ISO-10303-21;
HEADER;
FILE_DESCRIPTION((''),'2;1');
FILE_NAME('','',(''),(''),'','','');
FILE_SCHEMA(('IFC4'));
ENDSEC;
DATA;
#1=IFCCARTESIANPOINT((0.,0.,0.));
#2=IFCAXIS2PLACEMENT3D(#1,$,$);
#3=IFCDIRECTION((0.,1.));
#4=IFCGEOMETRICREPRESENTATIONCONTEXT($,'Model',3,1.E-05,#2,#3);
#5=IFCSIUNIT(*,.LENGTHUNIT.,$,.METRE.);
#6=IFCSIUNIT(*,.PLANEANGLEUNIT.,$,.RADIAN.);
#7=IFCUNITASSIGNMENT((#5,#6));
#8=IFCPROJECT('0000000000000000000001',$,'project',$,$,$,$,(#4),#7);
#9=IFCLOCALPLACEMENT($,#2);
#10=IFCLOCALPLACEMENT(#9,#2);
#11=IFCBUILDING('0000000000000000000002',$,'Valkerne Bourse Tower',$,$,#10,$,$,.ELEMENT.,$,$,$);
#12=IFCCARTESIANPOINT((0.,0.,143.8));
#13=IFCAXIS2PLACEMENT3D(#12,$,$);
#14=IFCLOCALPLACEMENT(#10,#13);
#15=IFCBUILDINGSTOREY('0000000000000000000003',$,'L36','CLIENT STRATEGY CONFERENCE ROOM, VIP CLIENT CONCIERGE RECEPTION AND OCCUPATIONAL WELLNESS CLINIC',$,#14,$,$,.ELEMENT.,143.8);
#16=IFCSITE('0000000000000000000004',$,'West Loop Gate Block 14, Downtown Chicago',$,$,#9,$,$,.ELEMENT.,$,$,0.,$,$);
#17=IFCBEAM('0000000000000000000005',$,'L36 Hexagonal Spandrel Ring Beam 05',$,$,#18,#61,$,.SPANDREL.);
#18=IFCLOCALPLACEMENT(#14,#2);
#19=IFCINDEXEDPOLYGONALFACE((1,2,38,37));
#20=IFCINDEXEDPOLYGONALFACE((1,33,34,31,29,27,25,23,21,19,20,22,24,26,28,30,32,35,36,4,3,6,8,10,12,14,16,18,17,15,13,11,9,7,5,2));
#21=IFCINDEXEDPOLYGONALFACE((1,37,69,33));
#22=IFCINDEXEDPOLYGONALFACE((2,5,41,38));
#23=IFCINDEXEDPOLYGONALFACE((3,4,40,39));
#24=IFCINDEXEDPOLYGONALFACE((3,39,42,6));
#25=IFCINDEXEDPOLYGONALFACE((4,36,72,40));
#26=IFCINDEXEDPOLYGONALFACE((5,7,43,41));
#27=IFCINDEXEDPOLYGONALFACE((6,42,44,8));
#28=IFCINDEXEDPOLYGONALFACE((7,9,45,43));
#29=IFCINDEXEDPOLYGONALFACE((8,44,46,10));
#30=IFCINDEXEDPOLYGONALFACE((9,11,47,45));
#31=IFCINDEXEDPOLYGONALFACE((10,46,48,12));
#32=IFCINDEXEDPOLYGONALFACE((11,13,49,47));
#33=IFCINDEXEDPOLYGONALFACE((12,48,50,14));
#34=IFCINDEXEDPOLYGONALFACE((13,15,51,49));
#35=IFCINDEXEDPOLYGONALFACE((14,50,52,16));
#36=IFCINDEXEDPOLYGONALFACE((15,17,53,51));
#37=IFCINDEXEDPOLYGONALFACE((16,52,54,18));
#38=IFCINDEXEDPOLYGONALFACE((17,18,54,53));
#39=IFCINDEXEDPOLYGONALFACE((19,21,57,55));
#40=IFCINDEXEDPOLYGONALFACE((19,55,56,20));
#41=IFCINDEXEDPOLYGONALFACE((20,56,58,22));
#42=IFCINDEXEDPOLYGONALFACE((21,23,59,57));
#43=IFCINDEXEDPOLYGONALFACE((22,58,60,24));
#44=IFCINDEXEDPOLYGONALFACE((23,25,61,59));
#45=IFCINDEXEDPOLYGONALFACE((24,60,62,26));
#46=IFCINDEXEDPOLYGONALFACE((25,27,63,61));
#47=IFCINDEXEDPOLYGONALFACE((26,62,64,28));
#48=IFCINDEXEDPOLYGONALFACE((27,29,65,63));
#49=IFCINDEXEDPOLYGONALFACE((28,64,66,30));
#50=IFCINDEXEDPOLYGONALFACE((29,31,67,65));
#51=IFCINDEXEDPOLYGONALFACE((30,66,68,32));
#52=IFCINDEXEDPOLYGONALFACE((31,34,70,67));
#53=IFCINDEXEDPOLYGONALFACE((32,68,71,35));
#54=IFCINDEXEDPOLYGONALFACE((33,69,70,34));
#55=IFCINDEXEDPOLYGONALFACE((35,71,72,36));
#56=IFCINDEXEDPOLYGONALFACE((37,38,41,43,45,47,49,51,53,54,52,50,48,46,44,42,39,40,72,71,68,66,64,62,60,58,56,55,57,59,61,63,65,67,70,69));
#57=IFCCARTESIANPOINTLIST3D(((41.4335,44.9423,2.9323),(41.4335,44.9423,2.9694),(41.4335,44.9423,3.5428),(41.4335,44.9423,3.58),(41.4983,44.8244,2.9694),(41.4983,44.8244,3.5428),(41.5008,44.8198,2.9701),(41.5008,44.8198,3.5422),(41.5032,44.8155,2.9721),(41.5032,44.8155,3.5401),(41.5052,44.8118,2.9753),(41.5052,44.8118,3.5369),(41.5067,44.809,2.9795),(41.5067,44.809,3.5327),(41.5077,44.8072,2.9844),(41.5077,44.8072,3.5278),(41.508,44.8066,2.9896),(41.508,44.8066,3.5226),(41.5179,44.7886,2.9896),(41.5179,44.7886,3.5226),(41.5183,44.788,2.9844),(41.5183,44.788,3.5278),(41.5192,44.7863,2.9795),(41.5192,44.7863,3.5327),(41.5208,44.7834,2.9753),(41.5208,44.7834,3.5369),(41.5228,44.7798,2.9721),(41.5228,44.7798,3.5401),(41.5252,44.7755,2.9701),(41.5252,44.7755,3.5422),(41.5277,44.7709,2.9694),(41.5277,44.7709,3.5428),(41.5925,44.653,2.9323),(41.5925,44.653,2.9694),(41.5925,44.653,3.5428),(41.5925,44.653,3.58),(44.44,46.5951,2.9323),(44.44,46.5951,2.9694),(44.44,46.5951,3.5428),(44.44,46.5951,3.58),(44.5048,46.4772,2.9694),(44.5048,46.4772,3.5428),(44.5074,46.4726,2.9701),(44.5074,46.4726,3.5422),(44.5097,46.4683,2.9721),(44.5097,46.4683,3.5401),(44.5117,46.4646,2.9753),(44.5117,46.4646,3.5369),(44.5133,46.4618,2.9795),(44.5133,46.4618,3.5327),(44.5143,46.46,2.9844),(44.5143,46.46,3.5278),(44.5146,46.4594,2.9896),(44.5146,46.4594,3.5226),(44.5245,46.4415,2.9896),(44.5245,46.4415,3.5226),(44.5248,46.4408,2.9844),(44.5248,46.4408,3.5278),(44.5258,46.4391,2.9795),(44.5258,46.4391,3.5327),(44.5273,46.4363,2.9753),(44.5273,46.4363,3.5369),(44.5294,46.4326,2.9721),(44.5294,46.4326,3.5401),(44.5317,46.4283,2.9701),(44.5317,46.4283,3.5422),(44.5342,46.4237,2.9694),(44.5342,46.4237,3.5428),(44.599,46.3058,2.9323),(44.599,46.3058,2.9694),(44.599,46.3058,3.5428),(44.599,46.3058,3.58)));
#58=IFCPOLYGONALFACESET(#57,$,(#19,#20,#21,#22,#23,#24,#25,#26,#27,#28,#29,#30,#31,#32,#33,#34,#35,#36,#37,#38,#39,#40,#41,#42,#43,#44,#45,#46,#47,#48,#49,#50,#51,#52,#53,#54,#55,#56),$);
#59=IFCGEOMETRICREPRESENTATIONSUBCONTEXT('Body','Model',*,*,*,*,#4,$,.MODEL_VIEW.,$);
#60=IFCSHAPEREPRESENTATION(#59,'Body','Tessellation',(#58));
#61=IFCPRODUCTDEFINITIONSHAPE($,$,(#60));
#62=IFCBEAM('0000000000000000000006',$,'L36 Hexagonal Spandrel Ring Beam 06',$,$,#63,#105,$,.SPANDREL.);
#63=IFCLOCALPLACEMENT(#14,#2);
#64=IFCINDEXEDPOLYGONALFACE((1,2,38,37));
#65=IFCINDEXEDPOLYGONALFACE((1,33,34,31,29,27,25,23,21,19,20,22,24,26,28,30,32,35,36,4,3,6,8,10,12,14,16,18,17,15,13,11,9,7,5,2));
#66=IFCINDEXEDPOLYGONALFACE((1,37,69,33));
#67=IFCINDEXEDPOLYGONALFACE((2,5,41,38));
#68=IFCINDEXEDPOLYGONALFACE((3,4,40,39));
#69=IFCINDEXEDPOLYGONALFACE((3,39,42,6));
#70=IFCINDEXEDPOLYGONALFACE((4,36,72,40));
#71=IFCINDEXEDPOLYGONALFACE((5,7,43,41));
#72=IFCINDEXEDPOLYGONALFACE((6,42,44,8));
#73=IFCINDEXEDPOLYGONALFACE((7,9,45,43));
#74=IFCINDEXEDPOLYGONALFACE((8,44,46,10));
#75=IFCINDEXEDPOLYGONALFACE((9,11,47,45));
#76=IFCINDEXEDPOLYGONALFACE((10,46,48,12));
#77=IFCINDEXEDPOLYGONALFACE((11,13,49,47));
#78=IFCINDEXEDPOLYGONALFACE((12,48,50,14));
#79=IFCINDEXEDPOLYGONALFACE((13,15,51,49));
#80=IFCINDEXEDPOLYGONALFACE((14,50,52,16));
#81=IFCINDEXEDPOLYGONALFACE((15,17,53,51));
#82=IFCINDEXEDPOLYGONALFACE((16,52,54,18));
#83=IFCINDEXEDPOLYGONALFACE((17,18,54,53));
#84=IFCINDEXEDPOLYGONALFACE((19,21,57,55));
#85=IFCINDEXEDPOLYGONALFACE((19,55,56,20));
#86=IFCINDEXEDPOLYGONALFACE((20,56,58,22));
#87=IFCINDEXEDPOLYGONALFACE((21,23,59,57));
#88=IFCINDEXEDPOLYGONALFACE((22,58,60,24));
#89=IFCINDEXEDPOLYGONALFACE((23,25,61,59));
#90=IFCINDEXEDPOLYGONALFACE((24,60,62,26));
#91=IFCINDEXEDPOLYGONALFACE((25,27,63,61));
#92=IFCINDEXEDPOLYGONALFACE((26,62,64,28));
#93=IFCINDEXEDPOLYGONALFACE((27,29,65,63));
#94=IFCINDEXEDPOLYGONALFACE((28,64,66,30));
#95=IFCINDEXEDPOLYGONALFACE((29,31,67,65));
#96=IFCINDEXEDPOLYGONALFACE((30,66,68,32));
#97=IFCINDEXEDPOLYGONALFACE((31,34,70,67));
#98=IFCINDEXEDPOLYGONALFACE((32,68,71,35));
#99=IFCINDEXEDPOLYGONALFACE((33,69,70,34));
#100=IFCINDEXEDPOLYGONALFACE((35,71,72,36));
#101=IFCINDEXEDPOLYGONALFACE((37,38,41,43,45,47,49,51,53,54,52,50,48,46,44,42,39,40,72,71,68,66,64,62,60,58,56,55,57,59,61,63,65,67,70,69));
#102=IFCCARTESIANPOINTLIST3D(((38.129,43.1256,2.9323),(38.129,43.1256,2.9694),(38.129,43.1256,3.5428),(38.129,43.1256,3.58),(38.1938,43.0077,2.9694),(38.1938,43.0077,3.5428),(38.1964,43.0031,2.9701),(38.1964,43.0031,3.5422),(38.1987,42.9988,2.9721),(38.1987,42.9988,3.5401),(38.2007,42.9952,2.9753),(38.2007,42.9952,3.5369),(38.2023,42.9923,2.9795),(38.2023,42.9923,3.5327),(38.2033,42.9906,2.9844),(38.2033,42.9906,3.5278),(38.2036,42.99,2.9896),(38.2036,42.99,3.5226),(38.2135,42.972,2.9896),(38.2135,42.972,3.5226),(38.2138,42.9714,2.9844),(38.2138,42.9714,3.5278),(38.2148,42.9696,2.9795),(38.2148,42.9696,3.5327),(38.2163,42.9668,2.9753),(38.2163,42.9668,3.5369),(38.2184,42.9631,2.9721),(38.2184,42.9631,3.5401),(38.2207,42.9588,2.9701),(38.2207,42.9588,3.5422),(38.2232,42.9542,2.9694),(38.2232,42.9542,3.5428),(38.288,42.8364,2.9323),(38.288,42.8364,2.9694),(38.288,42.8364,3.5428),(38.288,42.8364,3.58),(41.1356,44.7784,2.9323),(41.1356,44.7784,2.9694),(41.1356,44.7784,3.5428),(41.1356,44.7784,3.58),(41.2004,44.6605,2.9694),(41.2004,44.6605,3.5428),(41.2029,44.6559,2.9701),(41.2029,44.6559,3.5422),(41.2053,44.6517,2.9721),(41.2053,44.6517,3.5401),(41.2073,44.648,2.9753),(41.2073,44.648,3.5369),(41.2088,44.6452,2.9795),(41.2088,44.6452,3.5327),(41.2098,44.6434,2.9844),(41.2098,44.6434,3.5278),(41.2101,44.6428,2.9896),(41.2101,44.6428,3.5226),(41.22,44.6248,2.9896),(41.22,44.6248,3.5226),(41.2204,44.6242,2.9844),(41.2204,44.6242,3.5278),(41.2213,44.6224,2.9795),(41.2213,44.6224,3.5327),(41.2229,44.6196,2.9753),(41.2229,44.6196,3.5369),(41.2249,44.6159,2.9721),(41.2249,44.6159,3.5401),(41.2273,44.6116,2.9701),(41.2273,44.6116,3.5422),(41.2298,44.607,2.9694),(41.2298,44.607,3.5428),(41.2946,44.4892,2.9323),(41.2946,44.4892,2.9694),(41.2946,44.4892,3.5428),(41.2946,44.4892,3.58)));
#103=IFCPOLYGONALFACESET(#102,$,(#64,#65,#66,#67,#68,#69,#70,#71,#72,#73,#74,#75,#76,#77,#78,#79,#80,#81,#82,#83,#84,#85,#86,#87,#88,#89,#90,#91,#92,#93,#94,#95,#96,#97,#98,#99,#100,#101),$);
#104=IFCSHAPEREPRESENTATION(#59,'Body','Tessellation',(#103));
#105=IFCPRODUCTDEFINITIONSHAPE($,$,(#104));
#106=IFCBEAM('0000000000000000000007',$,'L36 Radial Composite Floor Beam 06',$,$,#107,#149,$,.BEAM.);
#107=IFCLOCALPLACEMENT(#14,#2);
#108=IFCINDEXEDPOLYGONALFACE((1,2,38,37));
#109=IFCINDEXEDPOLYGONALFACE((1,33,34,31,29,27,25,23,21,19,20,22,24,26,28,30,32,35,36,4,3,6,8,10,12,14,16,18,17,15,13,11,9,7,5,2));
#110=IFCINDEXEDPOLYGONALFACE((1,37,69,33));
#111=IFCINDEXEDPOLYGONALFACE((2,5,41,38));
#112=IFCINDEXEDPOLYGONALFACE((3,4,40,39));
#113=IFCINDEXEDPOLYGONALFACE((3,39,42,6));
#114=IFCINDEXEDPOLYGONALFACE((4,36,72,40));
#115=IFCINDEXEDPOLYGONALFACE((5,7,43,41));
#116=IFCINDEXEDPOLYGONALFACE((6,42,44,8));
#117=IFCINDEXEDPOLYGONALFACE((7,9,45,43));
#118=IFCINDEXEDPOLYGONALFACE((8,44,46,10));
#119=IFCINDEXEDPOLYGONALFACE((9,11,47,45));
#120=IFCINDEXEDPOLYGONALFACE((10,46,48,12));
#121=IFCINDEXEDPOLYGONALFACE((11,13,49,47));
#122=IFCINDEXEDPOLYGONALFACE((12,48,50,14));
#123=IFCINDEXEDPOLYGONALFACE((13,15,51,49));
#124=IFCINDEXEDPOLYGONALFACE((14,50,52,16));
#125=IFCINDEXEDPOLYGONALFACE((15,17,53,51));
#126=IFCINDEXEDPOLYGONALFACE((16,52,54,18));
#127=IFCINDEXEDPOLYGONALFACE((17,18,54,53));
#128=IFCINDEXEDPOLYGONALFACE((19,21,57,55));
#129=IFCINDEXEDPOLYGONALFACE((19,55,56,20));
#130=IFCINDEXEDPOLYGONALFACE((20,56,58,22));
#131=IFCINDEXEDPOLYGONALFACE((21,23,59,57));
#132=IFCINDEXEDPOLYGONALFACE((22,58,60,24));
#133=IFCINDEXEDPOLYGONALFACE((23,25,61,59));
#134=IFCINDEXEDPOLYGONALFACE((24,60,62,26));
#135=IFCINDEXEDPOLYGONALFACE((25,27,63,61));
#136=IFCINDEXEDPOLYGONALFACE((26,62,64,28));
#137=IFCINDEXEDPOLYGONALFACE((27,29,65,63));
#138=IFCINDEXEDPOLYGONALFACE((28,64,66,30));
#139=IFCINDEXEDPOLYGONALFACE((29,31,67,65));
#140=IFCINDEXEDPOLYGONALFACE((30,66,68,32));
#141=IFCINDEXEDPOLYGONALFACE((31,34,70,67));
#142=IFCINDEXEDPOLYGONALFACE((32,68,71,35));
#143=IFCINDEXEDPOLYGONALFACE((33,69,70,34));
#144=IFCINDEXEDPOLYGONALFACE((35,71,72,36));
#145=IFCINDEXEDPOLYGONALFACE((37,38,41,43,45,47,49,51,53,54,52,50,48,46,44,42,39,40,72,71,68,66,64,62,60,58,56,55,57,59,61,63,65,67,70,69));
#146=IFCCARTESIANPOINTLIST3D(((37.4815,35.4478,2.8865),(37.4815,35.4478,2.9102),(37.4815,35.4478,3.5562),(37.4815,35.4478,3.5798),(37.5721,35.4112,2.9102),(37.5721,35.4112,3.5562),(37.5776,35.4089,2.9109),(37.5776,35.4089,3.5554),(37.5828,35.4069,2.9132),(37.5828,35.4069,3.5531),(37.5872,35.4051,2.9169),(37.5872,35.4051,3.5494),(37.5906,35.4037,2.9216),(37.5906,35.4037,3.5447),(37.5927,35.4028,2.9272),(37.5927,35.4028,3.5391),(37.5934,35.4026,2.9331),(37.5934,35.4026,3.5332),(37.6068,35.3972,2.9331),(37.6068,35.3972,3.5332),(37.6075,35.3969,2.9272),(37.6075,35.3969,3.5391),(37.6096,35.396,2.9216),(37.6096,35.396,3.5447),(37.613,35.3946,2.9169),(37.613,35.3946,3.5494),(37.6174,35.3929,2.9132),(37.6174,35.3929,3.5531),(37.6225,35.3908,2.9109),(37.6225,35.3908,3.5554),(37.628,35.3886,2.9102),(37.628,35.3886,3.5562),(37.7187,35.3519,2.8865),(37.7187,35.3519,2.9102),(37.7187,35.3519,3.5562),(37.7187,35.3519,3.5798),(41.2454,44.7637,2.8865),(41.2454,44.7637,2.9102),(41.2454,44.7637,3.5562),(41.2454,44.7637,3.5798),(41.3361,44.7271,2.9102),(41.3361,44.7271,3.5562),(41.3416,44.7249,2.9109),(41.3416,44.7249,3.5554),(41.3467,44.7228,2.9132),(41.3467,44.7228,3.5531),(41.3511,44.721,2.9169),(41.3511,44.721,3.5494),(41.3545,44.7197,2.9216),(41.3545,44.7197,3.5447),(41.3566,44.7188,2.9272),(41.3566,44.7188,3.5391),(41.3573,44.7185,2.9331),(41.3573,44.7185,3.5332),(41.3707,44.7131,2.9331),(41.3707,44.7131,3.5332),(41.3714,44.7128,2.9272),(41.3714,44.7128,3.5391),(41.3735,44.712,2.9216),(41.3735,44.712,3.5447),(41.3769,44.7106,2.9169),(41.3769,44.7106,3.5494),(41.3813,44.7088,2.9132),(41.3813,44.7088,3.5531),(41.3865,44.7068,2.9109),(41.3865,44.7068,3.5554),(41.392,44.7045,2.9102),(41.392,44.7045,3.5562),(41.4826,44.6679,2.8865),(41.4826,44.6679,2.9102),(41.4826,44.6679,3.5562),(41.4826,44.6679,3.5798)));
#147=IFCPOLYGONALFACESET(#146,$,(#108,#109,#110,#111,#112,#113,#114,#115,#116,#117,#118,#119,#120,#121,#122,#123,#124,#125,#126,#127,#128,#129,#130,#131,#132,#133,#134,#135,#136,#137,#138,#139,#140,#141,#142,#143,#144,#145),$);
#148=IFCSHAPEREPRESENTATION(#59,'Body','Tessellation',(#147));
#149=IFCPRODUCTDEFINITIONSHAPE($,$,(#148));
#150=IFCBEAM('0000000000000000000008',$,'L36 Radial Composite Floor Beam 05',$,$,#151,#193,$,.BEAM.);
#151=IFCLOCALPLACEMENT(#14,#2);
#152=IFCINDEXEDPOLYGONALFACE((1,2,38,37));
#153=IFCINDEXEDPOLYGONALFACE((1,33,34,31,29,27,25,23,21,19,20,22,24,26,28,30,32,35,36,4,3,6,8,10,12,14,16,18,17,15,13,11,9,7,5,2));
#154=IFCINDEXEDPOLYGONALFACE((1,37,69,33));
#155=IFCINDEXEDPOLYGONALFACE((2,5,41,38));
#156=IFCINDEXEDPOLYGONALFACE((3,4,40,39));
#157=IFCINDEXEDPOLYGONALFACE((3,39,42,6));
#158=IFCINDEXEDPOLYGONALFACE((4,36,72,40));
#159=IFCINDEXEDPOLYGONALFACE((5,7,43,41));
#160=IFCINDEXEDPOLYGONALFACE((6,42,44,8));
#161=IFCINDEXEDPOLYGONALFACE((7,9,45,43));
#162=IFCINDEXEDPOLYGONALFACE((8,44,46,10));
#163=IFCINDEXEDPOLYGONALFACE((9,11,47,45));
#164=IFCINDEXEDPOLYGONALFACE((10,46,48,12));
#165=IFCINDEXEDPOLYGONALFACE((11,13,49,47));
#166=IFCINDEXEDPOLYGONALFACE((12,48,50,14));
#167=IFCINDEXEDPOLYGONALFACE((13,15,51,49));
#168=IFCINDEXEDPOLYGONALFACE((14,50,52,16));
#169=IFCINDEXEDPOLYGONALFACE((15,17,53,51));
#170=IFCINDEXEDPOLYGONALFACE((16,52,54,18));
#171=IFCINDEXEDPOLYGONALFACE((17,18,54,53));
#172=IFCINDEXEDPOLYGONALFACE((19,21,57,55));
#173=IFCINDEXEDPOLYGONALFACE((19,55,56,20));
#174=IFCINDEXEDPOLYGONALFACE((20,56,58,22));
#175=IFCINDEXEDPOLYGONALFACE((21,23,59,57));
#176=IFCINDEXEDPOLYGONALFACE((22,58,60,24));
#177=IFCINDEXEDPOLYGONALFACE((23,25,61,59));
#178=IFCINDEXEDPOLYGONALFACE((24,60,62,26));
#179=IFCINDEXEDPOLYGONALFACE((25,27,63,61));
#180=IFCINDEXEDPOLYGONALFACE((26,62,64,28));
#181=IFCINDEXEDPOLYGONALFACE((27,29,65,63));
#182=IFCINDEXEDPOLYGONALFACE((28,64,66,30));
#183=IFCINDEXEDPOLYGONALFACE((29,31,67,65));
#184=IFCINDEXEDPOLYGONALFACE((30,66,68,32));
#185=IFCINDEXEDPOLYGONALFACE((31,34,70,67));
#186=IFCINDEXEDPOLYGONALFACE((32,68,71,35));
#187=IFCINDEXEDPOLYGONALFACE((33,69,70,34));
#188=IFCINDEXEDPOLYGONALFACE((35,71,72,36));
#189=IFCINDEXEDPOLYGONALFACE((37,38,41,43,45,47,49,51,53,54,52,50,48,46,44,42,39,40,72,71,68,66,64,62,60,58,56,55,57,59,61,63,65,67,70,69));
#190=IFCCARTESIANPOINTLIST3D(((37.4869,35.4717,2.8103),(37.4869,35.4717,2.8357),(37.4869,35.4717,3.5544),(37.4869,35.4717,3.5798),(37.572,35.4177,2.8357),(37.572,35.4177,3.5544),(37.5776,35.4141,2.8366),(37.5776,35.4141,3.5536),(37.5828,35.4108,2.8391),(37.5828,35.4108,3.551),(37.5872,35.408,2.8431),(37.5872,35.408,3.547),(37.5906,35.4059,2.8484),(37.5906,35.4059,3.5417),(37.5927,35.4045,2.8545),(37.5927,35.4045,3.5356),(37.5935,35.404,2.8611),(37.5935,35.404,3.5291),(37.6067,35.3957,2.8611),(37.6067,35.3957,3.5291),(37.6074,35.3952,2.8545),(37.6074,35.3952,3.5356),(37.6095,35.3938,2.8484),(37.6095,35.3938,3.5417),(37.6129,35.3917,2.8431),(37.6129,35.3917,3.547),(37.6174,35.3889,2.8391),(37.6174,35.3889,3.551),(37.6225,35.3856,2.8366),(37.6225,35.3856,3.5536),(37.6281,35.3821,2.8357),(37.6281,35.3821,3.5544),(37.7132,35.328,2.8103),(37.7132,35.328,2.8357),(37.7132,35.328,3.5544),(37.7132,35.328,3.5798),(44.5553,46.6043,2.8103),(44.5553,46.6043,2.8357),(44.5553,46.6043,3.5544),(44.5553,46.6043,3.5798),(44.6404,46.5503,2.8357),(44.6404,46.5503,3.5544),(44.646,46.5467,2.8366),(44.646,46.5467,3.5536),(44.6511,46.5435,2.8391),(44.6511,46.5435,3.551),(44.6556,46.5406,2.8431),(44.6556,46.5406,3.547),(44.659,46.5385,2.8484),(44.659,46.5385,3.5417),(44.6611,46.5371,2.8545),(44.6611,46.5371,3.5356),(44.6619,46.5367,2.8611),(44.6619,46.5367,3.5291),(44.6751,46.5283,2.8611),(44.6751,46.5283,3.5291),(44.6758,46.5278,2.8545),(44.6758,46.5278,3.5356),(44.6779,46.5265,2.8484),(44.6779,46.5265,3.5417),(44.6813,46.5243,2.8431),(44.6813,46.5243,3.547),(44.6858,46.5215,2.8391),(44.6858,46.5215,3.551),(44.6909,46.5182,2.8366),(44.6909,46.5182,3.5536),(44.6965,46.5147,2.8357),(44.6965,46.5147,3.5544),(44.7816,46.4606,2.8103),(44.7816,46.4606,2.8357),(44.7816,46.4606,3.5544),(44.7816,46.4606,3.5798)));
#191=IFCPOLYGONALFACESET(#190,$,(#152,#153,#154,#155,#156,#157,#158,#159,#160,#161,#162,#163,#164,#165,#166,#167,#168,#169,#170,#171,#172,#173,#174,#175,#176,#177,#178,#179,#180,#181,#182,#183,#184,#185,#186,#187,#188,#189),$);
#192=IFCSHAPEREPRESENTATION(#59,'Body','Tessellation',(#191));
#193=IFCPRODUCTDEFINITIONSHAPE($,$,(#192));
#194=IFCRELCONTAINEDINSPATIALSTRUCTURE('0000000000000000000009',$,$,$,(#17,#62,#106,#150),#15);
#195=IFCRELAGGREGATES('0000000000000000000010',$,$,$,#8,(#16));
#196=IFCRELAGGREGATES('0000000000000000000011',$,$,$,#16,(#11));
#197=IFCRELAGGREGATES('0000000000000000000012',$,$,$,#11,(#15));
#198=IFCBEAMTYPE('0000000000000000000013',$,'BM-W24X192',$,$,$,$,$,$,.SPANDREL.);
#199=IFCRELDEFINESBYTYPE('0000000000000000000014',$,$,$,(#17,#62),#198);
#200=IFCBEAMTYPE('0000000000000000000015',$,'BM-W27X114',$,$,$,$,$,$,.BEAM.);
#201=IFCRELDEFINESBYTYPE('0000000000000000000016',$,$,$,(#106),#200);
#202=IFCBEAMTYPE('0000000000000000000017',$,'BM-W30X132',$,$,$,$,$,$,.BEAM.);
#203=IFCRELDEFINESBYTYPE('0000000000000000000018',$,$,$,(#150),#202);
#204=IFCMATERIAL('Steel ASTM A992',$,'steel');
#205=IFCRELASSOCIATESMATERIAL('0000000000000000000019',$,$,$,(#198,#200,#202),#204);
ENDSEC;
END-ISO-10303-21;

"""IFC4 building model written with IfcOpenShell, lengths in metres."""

from ifc_helpers import new_model, si_unit, direction, frame, origin, origin_2d, place, context, subcontext, project, spatial, i_section, extrude, material, material_profile, profile_set, type_object, element, save


model = new_model("IFC4")

# Units and contexts
model_context = context("Model", 3, precision=1e-05, world=origin(), true_north=direction((0.0, 1.0)))
body_context = subcontext(model_context, "Body", "Model", "MODEL_VIEW")
ifc_project = project(units=[si_unit("LENGTHUNIT", "METRE"), si_unit("PLANEANGLEUNIT", "RADIAN")], contexts=[model_context])

# Site, building, storey
site_placement = place(None, origin())
site = spatial("IfcSite", under=ifc_project, at=site_placement, Name="West Loop Gate Block 14, Downtown Chicago", CompositionType="ELEMENT", RefElevation=0.0)
building_placement = place(site_placement, origin())
building = spatial("IfcBuilding", under=site, at=building_placement, Name="Valkerne Bourse Tower", CompositionType="ELEMENT")
storey_placement = place(building_placement, frame((0.0, 0.0, 143.8)))
storey = spatial("IfcBuildingStorey", under=building, at=storey_placement, Name="L36", Description="CLIENT STRATEGY CONFERENCE ROOM, VIP CLIENT CONCIERGE RECEPTION AND OCCUPATIONAL WELLNESS CLINIC", CompositionType="ELEMENT", Elevation=143.8)

# Beams
ifc_material_1 = material(Name="Steel ASTM A992", Category="steel")
ifc_material_profile_1 = material_profile(ifc_material_1, i_section(OverallWidth=0.3301, OverallDepth=0.6477, WebThickness=0.0205, FlangeThickness=0.0371, FilletRadius=0.0203, at=origin_2d()), Name="W24X192")
ifc_profile_set_1 = profile_set([ifc_material_profile_1], Name="Steel ASTM A992")
beam_type_1 = type_object("IfcBeamType", Name="BM-W24X192", PredefinedType="SPANDREL", material=ifc_profile_set_1)
for number, where, z_axis, x_axis, name in (
    (1, (44.5195, 46.4504, 3.2561), (-0.876314, -0.481741, 0.0), (0.481741, -0.876314, 0.0), "L36 Hexagonal Spandrel Ring Beam 05"),
    (2, (41.2151, 44.6338, 3.2561), (-0.876314, -0.481741, 0.0), (0.481741, -0.876314, 0.0), "L36 Hexagonal Spandrel Ring Beam 06"),
):
    element("IfcBeam", number, at=place(storey_placement, frame(where, z_axis=z_axis, x_axis=x_axis)), inside=storey, type_object=beam_type_1, Name=name, PredefinedType="SPANDREL", context=body_context, shape_type="SweptSolid", body=[
        extrude(i_section(OverallWidth=0.3301, OverallDepth=0.6477, WebThickness=0.0205, FlangeThickness=0.0371, FilletRadius=0.0203, at=origin_2d()), origin(), (0.0, 0.0, 1.0), 3.4309),
    ])
ifc_material_profile_2 = material_profile(ifc_material_1, i_section(OverallWidth=0.2559, OverallDepth=0.6934, WebThickness=0.0144, FlangeThickness=0.0237, FilletRadius=0.0229, at=origin_2d()), Name="W27X114")
ifc_profile_set_2 = profile_set([ifc_material_profile_2], Name="Steel ASTM A992")
beam_type_2 = type_object("IfcBeamType", Name="BM-W27X114", PredefinedType="BEAM", material=ifc_profile_set_2)
beam_1_placement = place(storey_placement, frame((41.364, 44.7158, 3.2332), z_axis=(-0.37461, -0.927182, 0.0), x_axis=(0.927182, -0.37461, 0.0)))
element("IfcBeam", 3, at=beam_1_placement, inside=storey, type_object=beam_type_2, Name="L36 Radial Composite Floor Beam 06", PredefinedType="BEAM", context=body_context, shape_type="SweptSolid", body=[
    extrude(i_section(OverallWidth=0.2559, OverallDepth=0.6934, WebThickness=0.0144, FlangeThickness=0.0237, FilletRadius=0.0229, at=origin_2d()), origin(), (0.0, 0.0, 1.0), 10.0476),
])
ifc_material_profile_3 = material_profile(ifc_material_1, i_section(OverallWidth=0.2681, OverallDepth=0.7695, WebThickness=0.0156, FlangeThickness=0.0254, FilletRadius=0.0254, at=origin_2d()), Name="W30X132")
ifc_profile_set_3 = profile_set([ifc_material_profile_3], Name="Steel ASTM A992")
beam_type_3 = type_object("IfcBeamType", Name="BM-W30X132", PredefinedType="BEAM", material=ifc_profile_set_3)
beam_2_placement = place(storey_placement, frame((44.6685, 46.5325, 3.1951), z_axis=(-0.536011, -0.844211, 0.0), x_axis=(0.844211, -0.536011, 0.0)))
element("IfcBeam", 4, at=beam_2_placement, inside=storey, type_object=beam_type_3, Name="L36 Radial Composite Floor Beam 05", PredefinedType="BEAM", context=body_context, shape_type="SweptSolid", body=[
    extrude(i_section(OverallWidth=0.2681, OverallDepth=0.7695, WebThickness=0.0156, FlangeThickness=0.0254, FilletRadius=0.0254, at=origin_2d()), origin(), (0.0, 0.0, 1.0), 13.187),
])

save(model, "model.ifc")
